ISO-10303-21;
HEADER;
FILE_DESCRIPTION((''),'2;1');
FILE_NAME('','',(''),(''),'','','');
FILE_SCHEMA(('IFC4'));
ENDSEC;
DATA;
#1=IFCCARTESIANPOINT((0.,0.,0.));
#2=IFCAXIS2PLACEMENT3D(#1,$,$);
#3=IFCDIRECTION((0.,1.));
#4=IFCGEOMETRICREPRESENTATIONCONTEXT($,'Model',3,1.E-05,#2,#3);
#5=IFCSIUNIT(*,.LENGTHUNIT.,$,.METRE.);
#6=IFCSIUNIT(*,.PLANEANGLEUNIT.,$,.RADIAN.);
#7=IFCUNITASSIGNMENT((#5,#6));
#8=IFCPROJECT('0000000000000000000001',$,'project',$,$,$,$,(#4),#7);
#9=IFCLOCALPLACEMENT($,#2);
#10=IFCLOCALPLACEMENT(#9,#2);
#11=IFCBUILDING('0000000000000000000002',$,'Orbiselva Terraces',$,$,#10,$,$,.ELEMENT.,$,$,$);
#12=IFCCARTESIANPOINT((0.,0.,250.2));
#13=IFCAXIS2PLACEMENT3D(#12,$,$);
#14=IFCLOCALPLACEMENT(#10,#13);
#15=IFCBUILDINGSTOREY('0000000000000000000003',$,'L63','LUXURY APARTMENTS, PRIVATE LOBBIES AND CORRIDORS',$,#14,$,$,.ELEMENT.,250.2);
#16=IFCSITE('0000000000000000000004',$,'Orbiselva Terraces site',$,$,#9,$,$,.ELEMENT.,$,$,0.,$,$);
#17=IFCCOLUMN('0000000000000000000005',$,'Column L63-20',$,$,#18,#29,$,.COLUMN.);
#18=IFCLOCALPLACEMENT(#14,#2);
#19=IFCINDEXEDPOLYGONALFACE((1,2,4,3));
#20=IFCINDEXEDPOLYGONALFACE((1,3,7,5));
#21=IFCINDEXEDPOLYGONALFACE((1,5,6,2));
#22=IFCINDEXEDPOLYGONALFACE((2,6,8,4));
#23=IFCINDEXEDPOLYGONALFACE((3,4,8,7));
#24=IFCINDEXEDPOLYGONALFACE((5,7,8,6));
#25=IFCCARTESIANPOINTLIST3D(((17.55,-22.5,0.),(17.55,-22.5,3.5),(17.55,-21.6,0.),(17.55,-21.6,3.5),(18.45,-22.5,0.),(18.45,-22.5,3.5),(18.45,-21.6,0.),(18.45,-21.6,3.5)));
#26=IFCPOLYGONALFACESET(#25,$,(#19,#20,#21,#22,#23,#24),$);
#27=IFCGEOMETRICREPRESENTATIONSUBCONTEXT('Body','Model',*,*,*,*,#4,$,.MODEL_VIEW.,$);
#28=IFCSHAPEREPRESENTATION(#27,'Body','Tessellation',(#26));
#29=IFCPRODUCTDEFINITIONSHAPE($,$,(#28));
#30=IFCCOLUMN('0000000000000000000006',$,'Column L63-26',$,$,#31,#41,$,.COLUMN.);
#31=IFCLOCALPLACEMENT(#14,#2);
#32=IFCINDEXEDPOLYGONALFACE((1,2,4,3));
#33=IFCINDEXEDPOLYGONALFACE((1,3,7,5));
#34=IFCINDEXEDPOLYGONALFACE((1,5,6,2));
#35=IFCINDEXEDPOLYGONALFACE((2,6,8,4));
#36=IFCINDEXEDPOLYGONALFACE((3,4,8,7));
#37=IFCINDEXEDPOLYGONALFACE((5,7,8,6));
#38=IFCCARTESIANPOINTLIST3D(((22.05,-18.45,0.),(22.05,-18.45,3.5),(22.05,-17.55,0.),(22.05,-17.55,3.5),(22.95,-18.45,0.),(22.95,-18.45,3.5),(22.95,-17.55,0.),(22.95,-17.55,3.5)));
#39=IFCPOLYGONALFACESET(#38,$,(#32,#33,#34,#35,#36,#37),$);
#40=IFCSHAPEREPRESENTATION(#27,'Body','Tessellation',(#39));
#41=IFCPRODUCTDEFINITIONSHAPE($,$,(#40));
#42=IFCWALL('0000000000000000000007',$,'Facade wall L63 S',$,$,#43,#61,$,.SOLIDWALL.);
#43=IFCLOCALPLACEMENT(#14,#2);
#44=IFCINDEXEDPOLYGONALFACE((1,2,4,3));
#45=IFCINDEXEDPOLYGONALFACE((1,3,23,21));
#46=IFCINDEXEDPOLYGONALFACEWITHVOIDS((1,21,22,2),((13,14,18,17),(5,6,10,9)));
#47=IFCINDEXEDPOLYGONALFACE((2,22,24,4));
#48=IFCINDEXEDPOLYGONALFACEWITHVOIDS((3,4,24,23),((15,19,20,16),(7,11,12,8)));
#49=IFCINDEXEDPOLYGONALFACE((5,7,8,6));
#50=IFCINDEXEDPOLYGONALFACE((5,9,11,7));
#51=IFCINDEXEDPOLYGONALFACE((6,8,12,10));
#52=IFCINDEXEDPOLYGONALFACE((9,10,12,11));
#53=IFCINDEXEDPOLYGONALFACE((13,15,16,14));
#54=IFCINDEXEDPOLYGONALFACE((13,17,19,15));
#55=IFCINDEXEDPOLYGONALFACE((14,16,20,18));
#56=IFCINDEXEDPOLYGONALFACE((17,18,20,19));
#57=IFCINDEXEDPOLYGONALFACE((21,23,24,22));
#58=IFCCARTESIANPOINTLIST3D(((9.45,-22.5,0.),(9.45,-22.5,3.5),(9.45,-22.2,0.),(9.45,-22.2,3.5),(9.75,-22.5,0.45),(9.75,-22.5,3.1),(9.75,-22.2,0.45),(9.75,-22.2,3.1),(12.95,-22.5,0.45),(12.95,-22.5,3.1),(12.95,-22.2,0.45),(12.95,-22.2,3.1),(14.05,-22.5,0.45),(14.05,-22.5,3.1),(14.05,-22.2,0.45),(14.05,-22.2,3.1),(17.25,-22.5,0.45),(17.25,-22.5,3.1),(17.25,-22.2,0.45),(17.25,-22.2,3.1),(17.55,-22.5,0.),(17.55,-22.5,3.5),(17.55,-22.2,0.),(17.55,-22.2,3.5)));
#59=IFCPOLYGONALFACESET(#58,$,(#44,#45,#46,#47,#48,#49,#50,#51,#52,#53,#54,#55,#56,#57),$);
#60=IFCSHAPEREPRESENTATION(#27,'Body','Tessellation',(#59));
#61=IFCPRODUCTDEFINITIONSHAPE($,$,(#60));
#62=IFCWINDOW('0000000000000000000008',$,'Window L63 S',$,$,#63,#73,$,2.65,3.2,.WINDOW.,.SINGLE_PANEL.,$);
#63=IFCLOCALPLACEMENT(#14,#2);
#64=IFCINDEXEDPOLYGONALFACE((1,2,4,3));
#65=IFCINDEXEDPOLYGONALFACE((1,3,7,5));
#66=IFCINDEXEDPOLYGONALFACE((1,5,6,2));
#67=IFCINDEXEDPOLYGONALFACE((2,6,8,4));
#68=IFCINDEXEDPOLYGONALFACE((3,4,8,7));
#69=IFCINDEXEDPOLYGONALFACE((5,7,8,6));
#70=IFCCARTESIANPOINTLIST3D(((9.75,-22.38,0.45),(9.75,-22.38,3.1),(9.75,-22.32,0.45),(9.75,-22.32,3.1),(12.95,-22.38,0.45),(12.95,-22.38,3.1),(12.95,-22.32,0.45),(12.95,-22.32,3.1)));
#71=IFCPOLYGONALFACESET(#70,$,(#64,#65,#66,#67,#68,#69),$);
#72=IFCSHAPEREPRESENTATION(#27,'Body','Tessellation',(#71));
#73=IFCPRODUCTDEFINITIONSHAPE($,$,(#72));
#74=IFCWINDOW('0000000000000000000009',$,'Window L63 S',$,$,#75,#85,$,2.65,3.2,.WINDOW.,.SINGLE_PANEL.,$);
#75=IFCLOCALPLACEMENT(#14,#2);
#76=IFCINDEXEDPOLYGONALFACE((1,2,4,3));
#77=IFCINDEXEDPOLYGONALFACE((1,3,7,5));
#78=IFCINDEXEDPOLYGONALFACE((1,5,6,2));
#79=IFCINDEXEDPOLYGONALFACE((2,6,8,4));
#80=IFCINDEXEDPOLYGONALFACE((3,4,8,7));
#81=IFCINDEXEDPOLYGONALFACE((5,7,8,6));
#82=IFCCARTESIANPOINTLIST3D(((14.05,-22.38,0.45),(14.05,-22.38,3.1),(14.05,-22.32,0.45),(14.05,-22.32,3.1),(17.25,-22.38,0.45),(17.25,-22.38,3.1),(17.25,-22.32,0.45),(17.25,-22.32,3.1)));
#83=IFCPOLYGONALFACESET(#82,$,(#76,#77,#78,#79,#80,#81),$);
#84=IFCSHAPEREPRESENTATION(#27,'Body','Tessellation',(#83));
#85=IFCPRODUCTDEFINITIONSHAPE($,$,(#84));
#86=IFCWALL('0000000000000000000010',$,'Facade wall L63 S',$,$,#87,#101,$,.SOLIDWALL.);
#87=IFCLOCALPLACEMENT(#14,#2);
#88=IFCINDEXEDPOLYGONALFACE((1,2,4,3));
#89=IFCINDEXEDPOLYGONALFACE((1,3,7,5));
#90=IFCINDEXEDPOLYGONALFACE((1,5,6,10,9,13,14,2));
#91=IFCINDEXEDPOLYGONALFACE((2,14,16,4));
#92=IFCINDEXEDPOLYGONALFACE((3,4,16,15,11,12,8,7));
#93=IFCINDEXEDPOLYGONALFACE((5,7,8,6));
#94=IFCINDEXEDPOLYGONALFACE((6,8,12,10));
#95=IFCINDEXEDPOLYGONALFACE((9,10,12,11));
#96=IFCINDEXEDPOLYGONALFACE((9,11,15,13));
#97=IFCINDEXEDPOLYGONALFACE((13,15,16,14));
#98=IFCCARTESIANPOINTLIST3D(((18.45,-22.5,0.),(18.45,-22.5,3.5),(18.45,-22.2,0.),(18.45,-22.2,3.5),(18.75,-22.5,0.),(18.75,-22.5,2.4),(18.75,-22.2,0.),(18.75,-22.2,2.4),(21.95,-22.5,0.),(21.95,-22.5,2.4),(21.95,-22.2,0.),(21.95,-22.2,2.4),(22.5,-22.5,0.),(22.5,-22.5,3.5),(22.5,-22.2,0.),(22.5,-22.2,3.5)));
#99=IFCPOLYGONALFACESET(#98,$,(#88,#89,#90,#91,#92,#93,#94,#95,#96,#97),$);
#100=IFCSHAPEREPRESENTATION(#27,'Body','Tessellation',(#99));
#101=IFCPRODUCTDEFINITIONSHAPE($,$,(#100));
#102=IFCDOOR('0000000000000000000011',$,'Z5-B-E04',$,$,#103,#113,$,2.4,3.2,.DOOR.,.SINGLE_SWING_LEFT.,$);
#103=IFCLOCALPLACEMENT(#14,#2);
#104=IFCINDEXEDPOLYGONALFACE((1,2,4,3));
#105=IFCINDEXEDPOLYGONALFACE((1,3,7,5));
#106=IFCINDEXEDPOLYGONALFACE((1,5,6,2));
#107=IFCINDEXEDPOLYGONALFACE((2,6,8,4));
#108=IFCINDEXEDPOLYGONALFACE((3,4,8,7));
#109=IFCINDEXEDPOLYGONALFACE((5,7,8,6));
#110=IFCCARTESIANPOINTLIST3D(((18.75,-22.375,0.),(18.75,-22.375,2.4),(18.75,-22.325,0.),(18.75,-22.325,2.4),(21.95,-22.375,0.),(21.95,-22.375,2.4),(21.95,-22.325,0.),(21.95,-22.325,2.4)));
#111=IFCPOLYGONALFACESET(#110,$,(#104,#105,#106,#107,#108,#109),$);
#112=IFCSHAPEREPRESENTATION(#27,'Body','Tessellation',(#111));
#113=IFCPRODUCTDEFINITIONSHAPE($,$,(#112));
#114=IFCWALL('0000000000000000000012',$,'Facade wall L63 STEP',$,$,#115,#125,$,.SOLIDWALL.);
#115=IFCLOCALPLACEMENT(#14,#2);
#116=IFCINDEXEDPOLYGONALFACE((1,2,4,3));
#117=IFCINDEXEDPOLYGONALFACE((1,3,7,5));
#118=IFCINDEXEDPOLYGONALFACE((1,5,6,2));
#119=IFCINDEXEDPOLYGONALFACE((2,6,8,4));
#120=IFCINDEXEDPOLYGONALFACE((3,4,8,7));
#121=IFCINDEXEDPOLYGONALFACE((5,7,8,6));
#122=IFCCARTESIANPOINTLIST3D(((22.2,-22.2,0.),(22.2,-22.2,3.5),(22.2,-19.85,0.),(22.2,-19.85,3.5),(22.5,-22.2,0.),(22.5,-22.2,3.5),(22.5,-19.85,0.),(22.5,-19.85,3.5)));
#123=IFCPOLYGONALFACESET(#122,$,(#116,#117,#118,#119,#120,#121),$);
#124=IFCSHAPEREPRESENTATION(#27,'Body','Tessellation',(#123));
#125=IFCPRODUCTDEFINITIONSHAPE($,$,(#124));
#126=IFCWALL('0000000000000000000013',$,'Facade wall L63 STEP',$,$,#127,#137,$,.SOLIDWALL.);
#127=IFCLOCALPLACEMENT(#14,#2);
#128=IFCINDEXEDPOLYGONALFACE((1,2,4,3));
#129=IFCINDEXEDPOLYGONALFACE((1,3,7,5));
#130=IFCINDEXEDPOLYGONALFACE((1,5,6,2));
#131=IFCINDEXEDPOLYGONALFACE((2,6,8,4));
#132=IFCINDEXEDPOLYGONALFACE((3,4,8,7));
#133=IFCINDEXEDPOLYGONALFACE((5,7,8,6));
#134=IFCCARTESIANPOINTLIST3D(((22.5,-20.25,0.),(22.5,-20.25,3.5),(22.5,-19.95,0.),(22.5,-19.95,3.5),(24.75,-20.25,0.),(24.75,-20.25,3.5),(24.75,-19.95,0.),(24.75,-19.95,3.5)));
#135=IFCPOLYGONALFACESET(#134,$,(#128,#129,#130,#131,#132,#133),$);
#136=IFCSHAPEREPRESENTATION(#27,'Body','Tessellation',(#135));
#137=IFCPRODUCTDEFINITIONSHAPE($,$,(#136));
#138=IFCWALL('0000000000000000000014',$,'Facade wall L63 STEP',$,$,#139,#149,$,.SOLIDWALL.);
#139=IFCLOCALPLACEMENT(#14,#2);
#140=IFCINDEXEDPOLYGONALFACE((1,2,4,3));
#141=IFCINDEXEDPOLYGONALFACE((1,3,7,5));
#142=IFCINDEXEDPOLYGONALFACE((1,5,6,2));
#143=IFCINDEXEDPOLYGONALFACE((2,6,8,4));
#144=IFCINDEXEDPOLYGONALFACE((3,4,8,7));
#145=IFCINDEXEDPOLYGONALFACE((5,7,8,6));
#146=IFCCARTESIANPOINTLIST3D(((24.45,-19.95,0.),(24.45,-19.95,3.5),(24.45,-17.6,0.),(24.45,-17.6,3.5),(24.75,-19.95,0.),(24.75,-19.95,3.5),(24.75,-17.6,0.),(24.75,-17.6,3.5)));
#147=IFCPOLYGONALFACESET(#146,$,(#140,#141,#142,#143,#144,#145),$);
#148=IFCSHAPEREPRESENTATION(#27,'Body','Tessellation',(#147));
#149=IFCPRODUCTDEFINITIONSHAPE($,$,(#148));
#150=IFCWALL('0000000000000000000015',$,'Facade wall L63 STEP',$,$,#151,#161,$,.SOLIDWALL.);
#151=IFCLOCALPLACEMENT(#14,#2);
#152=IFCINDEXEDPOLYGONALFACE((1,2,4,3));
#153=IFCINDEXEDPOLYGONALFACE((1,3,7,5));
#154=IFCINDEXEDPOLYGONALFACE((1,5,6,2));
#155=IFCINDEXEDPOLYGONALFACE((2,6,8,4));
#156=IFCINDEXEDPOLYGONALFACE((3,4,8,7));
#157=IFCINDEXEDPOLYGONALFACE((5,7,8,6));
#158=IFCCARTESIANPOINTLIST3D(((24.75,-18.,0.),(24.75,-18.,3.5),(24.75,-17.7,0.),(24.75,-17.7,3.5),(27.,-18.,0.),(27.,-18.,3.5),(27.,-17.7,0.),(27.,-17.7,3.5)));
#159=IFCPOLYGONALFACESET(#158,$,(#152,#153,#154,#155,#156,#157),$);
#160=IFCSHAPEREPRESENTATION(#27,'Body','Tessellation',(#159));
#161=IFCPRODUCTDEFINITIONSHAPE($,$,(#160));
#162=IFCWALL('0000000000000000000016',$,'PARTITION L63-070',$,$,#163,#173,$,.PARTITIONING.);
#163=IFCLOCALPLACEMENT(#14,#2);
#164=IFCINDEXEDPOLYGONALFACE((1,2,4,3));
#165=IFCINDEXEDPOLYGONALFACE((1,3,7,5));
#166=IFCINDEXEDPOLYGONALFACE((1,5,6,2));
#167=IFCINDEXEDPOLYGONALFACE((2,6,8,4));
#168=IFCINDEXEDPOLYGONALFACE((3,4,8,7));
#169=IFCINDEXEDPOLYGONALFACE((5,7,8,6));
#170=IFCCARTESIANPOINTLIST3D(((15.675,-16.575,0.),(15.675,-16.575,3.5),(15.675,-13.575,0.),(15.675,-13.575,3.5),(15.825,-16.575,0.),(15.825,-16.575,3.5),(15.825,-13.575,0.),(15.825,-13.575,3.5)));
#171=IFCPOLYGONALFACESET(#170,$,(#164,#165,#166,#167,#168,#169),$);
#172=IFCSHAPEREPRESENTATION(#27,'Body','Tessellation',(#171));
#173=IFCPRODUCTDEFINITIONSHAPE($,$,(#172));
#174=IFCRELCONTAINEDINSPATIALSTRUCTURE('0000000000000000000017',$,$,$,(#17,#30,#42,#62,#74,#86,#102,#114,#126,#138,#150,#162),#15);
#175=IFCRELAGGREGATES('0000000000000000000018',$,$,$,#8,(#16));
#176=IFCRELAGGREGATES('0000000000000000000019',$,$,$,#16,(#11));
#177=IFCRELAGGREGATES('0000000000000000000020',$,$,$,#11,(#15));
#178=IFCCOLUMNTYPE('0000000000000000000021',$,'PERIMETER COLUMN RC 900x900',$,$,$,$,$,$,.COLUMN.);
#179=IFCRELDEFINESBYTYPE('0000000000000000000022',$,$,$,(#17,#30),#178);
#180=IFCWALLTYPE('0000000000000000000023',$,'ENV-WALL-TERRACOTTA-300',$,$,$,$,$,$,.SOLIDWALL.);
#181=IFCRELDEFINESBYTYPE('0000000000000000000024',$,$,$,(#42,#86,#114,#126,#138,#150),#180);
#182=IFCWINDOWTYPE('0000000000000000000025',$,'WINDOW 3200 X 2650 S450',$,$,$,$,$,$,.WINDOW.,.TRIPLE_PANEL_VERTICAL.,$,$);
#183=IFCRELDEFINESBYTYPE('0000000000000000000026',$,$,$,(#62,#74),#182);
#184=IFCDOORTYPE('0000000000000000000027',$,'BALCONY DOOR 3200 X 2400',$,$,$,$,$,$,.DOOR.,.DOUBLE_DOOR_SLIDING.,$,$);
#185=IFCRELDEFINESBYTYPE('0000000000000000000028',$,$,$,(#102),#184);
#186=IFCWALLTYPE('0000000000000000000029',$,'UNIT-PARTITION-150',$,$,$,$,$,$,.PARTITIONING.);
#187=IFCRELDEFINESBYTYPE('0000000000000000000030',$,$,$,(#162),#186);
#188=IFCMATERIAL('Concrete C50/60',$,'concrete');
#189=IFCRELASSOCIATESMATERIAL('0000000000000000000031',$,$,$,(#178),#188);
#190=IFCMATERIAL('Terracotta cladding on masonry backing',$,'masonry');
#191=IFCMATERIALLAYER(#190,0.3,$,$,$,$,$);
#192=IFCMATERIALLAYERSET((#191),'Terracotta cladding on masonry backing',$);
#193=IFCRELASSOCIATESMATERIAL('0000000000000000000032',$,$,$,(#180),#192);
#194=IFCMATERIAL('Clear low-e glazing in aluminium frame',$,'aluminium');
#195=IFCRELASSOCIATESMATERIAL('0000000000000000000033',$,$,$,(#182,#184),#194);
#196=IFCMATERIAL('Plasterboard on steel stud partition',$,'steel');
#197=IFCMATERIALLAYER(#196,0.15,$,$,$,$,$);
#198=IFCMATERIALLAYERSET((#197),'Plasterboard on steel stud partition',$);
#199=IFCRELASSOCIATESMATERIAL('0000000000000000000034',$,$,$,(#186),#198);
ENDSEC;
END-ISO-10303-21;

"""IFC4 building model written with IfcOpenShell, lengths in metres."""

from ifc_helpers import new_model, si_unit, direction, frame, frame_2d, origin, origin_2d, place, context, subcontext, project, spatial, rectangle, extrude, material, layer, layer_set, material_profile, profile_set, type_object, element, fill, save


model = new_model("IFC4")

# Units and contexts
model_context = context("Model", 3, precision=1e-05, world=origin(), true_north=direction((0.0, 1.0)))
body_context = subcontext(model_context, "Body", "Model", "MODEL_VIEW")
ifc_project = project(units=[si_unit("LENGTHUNIT", "METRE"), si_unit("PLANEANGLEUNIT", "RADIAN")], contexts=[model_context])

# Site, building, storey
site_placement = place(None, origin())
site = spatial("IfcSite", under=ifc_project, at=site_placement, Name="Orbiselva Terraces site", CompositionType="ELEMENT", RefElevation=0.0)
building_placement = place(site_placement, origin())
building = spatial("IfcBuilding", under=site, at=building_placement, Name="Orbiselva Terraces", CompositionType="ELEMENT")
storey_placement = place(building_placement, frame((0.0, 0.0, 250.2)))
storey = spatial("IfcBuildingStorey", under=building, at=storey_placement, Name="L63", Description="LUXURY APARTMENTS, PRIVATE LOBBIES AND CORRIDORS", CompositionType="ELEMENT", Elevation=250.2)

# Columns
ifc_material_1 = material(Name="Concrete C50/60", Category="concrete")
ifc_material_profile = material_profile(ifc_material_1, rectangle(XDim=0.9, YDim=0.9, at=origin_2d()), Name="RC 900x900")
ifc_profile_set = profile_set([ifc_material_profile], Name="Concrete C50/60")
column_type = type_object("IfcColumnType", Name="PERIMETER COLUMN RC 900x900", PredefinedType="COLUMN", material=ifc_profile_set)
for number, where, z_axis, x_axis, name in (
    (1, (18.0, -22.05, 0.0), (0.0, 0.0, 1.0), (1.0, 0.0, 0.0), "Column L63-20"),
    (2, (22.5, -18.0, 0.0), (0.0, 0.0, 1.0), (1.0, 0.0, 0.0), "Column L63-26"),
):
    element("IfcColumn", number, at=place(storey_placement, frame(where, z_axis=z_axis, x_axis=x_axis)), inside=storey, type_object=column_type, Name=name, PredefinedType="COLUMN", context=body_context, shape_type="SweptSolid", body=[
        extrude(rectangle(XDim=0.9, YDim=0.9, at=origin_2d()), origin(), (0.0, 0.0, 1.0), 3.5),
    ])

# Wall, openings, windows
ifc_material_2 = material(Name="Terracotta cladding on masonry backing", Category="masonry")
ifc_layer_1 = layer(ifc_material_2, 0.3)
ifc_layer_set_1 = layer_set([ifc_layer_1], Name="Terracotta cladding on masonry backing")
wall_type_1 = type_object("IfcWallType", Name="ENV-WALL-TERRACOTTA-300", PredefinedType="SOLIDWALL", material=ifc_layer_set_1)
wall_1_placement = place(storey_placement, frame((17.55, -22.35, 0.0), z_axis=(0.0, 0.0, 1.0), x_axis=(-1.0, 0.0, 0.0)))
wall_1 = element("IfcWall", 3, at=wall_1_placement, inside=storey, type_object=wall_type_1, Name="Facade wall L63 S", PredefinedType="SOLIDWALL", context=body_context, shape_type="SweptSolid", body=[
    extrude(rectangle(XDim=8.1, YDim=0.3, at=frame_2d((4.05, 0.0))), origin(), (0.0, 0.0, 1.0), 3.5),
])
opening_1_placement = place(wall_1_placement, frame((4.6, 0.0, 0.45)))
opening_1 = element("IfcOpeningElement", 4, at=opening_1_placement, cuts=wall_1, PredefinedType="OPENING", context=body_context, shape_type="SweptSolid", body=[
    extrude(rectangle(XDim=3.2, YDim=2.65, at=frame_2d((1.6, 1.325))), frame((0.0, 0.16, 0.0), z_axis=(0.0, -1.0, 0.0), x_axis=(1.0, 0.0, 0.0)), (0.0, 0.0, 1.0), 0.32),
])
opening_2_placement = place(wall_1_placement, frame((0.3, 0.0, 0.45)))
opening_2 = element("IfcOpeningElement", 5, at=opening_2_placement, cuts=wall_1, PredefinedType="OPENING", context=body_context, shape_type="SweptSolid", body=[
    extrude(rectangle(XDim=3.2, YDim=2.65, at=frame_2d((1.6, 1.325))), frame((0.0, 0.16, 0.0), z_axis=(0.0, -1.0, 0.0), x_axis=(1.0, 0.0, 0.0)), (0.0, 0.0, 1.0), 0.32),
])
ifc_material_3 = material(Name="Clear low-e glazing in aluminium frame", Category="aluminium")
window_type = type_object("IfcWindowType", Name="WINDOW 3200 X 2650 S450", PartitioningType="TRIPLE_PANEL_VERTICAL", PredefinedType="WINDOW", material=ifc_material_3)
window_1_placement = place(opening_1_placement, origin())
window_1 = element("IfcWindow", 6, at=window_1_placement, inside=storey, type_object=window_type, Name="Window L63 S", OverallHeight=2.65, OverallWidth=3.2, PartitioningType="SINGLE_PANEL", PredefinedType="WINDOW", context=body_context, shape_type="SweptSolid", body=[
    extrude(rectangle(XDim=3.2, YDim=2.65, at=frame_2d((1.6, 1.325))), frame((0.0, 0.03, 0.0), z_axis=(0.0, -1.0, 0.0), x_axis=(1.0, 0.0, 0.0)), (0.0, 0.0, 1.0), 0.06),
])
fill(opening_1, window_1)
window_2_placement = place(opening_2_placement, origin())
window_2 = element("IfcWindow", 7, at=window_2_placement, inside=storey, type_object=window_type, Name="Window L63 S", OverallHeight=2.65, OverallWidth=3.2, PartitioningType="SINGLE_PANEL", PredefinedType="WINDOW", context=body_context, shape_type="SweptSolid", body=[
    extrude(rectangle(XDim=3.2, YDim=2.65, at=frame_2d((1.6, 1.325))), frame((0.0, 0.03, 0.0), z_axis=(0.0, -1.0, 0.0), x_axis=(1.0, 0.0, 0.0)), (0.0, 0.0, 1.0), 0.06),
])
fill(opening_2, window_2)

# Wall, opening, door
wall_2_placement = place(storey_placement, frame((22.5, -22.35, 0.0), z_axis=(0.0, 0.0, 1.0), x_axis=(-1.0, 0.0, 0.0)))
wall_2 = element("IfcWall", 8, at=wall_2_placement, inside=storey, type_object=wall_type_1, Name="Facade wall L63 S", PredefinedType="SOLIDWALL", context=body_context, shape_type="SweptSolid", body=[
    extrude(rectangle(XDim=4.05, YDim=0.3, at=frame_2d((2.025, 0.0))), origin(), (0.0, 0.0, 1.0), 3.5),
])
opening_3_placement = place(wall_2_placement, frame((0.55, 0.0, 0.0)))
opening_3 = element("IfcOpeningElement", 9, at=opening_3_placement, cuts=wall_2, PredefinedType="OPENING", context=body_context, shape_type="SweptSolid", body=[
    extrude(rectangle(XDim=3.2, YDim=2.4, at=frame_2d((1.6, 1.2))), frame((0.0, 0.16, 0.0), z_axis=(0.0, -1.0, 0.0), x_axis=(1.0, 0.0, 0.0)), (0.0, 0.0, 1.0), 0.32),
])
door_type = type_object("IfcDoorType", Name="BALCONY DOOR 3200 X 2400", OperationType="DOUBLE_DOOR_SLIDING", PredefinedType="DOOR", material=ifc_material_3)
door_placement = place(opening_3_placement, origin())
door = element("IfcDoor", 10, at=door_placement, inside=storey, type_object=door_type, Name="Z5-B-E04", OperationType="SINGLE_SWING_LEFT", OverallHeight=2.4, OverallWidth=3.2, PredefinedType="DOOR", context=body_context, shape_type="SweptSolid", body=[
    extrude(rectangle(XDim=3.2, YDim=2.4, at=frame_2d((1.6, 1.2))), frame((0.0, 0.025, 0.0), z_axis=(0.0, -1.0, 0.0), x_axis=(1.0, 0.0, 0.0)), (0.0, 0.0, 1.0), 0.05),
])
fill(opening_3, door)

# Walls
wall_3_placement = place(storey_placement, frame((22.35, -19.85, 0.0), z_axis=(0.0, 0.0, 1.0), x_axis=(0.0, -1.0, 0.0)))
element("IfcWall", 11, at=wall_3_placement, inside=storey, type_object=wall_type_1, Name="Facade wall L63 STEP", PredefinedType="SOLIDWALL", context=body_context, shape_type="SweptSolid", body=[
    extrude(rectangle(XDim=2.35, YDim=0.3, at=frame_2d((1.175, 0.0))), origin(), (0.0, 0.0, 1.0), 3.5),
])
wall_4_placement = place(storey_placement, frame((24.75, -20.1, 0.0), z_axis=(0.0, 0.0, 1.0), x_axis=(-1.0, 0.0, 0.0)))
element("IfcWall", 12, at=wall_4_placement, inside=storey, type_object=wall_type_1, Name="Facade wall L63 STEP", PredefinedType="SOLIDWALL", context=body_context, shape_type="SweptSolid", body=[
    extrude(rectangle(XDim=2.25, YDim=0.3, at=frame_2d((1.125, 0.0))), origin(), (0.0, 0.0, 1.0), 3.5),
])
wall_5_placement = place(storey_placement, frame((24.6, -17.6, 0.0), z_axis=(0.0, 0.0, 1.0), x_axis=(0.0, -1.0, 0.0)))
element("IfcWall", 13, at=wall_5_placement, inside=storey, type_object=wall_type_1, Name="Facade wall L63 STEP", PredefinedType="SOLIDWALL", context=body_context, shape_type="SweptSolid", body=[
    extrude(rectangle(XDim=2.35, YDim=0.3, at=frame_2d((1.175, 0.0))), origin(), (0.0, 0.0, 1.0), 3.5),
])
wall_6_placement = place(storey_placement, frame((27.0, -17.85, 0.0), z_axis=(0.0, 0.0, 1.0), x_axis=(-1.0, 0.0, 0.0)))
element("IfcWall", 14, at=wall_6_placement, inside=storey, type_object=wall_type_1, Name="Facade wall L63 STEP", PredefinedType="SOLIDWALL", context=body_context, shape_type="SweptSolid", body=[
    extrude(rectangle(XDim=2.25, YDim=0.3, at=frame_2d((1.125, 0.0))), origin(), (0.0, 0.0, 1.0), 3.5),
])
ifc_material_4 = material(Name="Plasterboard on steel stud partition", Category="steel")
ifc_layer_2 = layer(ifc_material_4, 0.15)
ifc_layer_set_2 = layer_set([ifc_layer_2], Name="Plasterboard on steel stud partition")
wall_type_2 = type_object("IfcWallType", Name="UNIT-PARTITION-150", PredefinedType="PARTITIONING", material=ifc_layer_set_2)
wall_7_placement = place(storey_placement, frame((15.75, -16.575, 0.0), z_axis=(0.0, 0.0, 1.0), x_axis=(0.0, 1.0, 0.0)))
element("IfcWall", 15, at=wall_7_placement, inside=storey, type_object=wall_type_2, Name="PARTITION L63-070", PredefinedType="PARTITIONING", context=body_context, shape_type="SweptSolid", body=[
    extrude(rectangle(XDim=3.0, YDim=0.15, at=frame_2d((1.5, 0.0))), origin(), (0.0, 0.0, 1.0), 3.5),
])

save(model, "model.ifc")
